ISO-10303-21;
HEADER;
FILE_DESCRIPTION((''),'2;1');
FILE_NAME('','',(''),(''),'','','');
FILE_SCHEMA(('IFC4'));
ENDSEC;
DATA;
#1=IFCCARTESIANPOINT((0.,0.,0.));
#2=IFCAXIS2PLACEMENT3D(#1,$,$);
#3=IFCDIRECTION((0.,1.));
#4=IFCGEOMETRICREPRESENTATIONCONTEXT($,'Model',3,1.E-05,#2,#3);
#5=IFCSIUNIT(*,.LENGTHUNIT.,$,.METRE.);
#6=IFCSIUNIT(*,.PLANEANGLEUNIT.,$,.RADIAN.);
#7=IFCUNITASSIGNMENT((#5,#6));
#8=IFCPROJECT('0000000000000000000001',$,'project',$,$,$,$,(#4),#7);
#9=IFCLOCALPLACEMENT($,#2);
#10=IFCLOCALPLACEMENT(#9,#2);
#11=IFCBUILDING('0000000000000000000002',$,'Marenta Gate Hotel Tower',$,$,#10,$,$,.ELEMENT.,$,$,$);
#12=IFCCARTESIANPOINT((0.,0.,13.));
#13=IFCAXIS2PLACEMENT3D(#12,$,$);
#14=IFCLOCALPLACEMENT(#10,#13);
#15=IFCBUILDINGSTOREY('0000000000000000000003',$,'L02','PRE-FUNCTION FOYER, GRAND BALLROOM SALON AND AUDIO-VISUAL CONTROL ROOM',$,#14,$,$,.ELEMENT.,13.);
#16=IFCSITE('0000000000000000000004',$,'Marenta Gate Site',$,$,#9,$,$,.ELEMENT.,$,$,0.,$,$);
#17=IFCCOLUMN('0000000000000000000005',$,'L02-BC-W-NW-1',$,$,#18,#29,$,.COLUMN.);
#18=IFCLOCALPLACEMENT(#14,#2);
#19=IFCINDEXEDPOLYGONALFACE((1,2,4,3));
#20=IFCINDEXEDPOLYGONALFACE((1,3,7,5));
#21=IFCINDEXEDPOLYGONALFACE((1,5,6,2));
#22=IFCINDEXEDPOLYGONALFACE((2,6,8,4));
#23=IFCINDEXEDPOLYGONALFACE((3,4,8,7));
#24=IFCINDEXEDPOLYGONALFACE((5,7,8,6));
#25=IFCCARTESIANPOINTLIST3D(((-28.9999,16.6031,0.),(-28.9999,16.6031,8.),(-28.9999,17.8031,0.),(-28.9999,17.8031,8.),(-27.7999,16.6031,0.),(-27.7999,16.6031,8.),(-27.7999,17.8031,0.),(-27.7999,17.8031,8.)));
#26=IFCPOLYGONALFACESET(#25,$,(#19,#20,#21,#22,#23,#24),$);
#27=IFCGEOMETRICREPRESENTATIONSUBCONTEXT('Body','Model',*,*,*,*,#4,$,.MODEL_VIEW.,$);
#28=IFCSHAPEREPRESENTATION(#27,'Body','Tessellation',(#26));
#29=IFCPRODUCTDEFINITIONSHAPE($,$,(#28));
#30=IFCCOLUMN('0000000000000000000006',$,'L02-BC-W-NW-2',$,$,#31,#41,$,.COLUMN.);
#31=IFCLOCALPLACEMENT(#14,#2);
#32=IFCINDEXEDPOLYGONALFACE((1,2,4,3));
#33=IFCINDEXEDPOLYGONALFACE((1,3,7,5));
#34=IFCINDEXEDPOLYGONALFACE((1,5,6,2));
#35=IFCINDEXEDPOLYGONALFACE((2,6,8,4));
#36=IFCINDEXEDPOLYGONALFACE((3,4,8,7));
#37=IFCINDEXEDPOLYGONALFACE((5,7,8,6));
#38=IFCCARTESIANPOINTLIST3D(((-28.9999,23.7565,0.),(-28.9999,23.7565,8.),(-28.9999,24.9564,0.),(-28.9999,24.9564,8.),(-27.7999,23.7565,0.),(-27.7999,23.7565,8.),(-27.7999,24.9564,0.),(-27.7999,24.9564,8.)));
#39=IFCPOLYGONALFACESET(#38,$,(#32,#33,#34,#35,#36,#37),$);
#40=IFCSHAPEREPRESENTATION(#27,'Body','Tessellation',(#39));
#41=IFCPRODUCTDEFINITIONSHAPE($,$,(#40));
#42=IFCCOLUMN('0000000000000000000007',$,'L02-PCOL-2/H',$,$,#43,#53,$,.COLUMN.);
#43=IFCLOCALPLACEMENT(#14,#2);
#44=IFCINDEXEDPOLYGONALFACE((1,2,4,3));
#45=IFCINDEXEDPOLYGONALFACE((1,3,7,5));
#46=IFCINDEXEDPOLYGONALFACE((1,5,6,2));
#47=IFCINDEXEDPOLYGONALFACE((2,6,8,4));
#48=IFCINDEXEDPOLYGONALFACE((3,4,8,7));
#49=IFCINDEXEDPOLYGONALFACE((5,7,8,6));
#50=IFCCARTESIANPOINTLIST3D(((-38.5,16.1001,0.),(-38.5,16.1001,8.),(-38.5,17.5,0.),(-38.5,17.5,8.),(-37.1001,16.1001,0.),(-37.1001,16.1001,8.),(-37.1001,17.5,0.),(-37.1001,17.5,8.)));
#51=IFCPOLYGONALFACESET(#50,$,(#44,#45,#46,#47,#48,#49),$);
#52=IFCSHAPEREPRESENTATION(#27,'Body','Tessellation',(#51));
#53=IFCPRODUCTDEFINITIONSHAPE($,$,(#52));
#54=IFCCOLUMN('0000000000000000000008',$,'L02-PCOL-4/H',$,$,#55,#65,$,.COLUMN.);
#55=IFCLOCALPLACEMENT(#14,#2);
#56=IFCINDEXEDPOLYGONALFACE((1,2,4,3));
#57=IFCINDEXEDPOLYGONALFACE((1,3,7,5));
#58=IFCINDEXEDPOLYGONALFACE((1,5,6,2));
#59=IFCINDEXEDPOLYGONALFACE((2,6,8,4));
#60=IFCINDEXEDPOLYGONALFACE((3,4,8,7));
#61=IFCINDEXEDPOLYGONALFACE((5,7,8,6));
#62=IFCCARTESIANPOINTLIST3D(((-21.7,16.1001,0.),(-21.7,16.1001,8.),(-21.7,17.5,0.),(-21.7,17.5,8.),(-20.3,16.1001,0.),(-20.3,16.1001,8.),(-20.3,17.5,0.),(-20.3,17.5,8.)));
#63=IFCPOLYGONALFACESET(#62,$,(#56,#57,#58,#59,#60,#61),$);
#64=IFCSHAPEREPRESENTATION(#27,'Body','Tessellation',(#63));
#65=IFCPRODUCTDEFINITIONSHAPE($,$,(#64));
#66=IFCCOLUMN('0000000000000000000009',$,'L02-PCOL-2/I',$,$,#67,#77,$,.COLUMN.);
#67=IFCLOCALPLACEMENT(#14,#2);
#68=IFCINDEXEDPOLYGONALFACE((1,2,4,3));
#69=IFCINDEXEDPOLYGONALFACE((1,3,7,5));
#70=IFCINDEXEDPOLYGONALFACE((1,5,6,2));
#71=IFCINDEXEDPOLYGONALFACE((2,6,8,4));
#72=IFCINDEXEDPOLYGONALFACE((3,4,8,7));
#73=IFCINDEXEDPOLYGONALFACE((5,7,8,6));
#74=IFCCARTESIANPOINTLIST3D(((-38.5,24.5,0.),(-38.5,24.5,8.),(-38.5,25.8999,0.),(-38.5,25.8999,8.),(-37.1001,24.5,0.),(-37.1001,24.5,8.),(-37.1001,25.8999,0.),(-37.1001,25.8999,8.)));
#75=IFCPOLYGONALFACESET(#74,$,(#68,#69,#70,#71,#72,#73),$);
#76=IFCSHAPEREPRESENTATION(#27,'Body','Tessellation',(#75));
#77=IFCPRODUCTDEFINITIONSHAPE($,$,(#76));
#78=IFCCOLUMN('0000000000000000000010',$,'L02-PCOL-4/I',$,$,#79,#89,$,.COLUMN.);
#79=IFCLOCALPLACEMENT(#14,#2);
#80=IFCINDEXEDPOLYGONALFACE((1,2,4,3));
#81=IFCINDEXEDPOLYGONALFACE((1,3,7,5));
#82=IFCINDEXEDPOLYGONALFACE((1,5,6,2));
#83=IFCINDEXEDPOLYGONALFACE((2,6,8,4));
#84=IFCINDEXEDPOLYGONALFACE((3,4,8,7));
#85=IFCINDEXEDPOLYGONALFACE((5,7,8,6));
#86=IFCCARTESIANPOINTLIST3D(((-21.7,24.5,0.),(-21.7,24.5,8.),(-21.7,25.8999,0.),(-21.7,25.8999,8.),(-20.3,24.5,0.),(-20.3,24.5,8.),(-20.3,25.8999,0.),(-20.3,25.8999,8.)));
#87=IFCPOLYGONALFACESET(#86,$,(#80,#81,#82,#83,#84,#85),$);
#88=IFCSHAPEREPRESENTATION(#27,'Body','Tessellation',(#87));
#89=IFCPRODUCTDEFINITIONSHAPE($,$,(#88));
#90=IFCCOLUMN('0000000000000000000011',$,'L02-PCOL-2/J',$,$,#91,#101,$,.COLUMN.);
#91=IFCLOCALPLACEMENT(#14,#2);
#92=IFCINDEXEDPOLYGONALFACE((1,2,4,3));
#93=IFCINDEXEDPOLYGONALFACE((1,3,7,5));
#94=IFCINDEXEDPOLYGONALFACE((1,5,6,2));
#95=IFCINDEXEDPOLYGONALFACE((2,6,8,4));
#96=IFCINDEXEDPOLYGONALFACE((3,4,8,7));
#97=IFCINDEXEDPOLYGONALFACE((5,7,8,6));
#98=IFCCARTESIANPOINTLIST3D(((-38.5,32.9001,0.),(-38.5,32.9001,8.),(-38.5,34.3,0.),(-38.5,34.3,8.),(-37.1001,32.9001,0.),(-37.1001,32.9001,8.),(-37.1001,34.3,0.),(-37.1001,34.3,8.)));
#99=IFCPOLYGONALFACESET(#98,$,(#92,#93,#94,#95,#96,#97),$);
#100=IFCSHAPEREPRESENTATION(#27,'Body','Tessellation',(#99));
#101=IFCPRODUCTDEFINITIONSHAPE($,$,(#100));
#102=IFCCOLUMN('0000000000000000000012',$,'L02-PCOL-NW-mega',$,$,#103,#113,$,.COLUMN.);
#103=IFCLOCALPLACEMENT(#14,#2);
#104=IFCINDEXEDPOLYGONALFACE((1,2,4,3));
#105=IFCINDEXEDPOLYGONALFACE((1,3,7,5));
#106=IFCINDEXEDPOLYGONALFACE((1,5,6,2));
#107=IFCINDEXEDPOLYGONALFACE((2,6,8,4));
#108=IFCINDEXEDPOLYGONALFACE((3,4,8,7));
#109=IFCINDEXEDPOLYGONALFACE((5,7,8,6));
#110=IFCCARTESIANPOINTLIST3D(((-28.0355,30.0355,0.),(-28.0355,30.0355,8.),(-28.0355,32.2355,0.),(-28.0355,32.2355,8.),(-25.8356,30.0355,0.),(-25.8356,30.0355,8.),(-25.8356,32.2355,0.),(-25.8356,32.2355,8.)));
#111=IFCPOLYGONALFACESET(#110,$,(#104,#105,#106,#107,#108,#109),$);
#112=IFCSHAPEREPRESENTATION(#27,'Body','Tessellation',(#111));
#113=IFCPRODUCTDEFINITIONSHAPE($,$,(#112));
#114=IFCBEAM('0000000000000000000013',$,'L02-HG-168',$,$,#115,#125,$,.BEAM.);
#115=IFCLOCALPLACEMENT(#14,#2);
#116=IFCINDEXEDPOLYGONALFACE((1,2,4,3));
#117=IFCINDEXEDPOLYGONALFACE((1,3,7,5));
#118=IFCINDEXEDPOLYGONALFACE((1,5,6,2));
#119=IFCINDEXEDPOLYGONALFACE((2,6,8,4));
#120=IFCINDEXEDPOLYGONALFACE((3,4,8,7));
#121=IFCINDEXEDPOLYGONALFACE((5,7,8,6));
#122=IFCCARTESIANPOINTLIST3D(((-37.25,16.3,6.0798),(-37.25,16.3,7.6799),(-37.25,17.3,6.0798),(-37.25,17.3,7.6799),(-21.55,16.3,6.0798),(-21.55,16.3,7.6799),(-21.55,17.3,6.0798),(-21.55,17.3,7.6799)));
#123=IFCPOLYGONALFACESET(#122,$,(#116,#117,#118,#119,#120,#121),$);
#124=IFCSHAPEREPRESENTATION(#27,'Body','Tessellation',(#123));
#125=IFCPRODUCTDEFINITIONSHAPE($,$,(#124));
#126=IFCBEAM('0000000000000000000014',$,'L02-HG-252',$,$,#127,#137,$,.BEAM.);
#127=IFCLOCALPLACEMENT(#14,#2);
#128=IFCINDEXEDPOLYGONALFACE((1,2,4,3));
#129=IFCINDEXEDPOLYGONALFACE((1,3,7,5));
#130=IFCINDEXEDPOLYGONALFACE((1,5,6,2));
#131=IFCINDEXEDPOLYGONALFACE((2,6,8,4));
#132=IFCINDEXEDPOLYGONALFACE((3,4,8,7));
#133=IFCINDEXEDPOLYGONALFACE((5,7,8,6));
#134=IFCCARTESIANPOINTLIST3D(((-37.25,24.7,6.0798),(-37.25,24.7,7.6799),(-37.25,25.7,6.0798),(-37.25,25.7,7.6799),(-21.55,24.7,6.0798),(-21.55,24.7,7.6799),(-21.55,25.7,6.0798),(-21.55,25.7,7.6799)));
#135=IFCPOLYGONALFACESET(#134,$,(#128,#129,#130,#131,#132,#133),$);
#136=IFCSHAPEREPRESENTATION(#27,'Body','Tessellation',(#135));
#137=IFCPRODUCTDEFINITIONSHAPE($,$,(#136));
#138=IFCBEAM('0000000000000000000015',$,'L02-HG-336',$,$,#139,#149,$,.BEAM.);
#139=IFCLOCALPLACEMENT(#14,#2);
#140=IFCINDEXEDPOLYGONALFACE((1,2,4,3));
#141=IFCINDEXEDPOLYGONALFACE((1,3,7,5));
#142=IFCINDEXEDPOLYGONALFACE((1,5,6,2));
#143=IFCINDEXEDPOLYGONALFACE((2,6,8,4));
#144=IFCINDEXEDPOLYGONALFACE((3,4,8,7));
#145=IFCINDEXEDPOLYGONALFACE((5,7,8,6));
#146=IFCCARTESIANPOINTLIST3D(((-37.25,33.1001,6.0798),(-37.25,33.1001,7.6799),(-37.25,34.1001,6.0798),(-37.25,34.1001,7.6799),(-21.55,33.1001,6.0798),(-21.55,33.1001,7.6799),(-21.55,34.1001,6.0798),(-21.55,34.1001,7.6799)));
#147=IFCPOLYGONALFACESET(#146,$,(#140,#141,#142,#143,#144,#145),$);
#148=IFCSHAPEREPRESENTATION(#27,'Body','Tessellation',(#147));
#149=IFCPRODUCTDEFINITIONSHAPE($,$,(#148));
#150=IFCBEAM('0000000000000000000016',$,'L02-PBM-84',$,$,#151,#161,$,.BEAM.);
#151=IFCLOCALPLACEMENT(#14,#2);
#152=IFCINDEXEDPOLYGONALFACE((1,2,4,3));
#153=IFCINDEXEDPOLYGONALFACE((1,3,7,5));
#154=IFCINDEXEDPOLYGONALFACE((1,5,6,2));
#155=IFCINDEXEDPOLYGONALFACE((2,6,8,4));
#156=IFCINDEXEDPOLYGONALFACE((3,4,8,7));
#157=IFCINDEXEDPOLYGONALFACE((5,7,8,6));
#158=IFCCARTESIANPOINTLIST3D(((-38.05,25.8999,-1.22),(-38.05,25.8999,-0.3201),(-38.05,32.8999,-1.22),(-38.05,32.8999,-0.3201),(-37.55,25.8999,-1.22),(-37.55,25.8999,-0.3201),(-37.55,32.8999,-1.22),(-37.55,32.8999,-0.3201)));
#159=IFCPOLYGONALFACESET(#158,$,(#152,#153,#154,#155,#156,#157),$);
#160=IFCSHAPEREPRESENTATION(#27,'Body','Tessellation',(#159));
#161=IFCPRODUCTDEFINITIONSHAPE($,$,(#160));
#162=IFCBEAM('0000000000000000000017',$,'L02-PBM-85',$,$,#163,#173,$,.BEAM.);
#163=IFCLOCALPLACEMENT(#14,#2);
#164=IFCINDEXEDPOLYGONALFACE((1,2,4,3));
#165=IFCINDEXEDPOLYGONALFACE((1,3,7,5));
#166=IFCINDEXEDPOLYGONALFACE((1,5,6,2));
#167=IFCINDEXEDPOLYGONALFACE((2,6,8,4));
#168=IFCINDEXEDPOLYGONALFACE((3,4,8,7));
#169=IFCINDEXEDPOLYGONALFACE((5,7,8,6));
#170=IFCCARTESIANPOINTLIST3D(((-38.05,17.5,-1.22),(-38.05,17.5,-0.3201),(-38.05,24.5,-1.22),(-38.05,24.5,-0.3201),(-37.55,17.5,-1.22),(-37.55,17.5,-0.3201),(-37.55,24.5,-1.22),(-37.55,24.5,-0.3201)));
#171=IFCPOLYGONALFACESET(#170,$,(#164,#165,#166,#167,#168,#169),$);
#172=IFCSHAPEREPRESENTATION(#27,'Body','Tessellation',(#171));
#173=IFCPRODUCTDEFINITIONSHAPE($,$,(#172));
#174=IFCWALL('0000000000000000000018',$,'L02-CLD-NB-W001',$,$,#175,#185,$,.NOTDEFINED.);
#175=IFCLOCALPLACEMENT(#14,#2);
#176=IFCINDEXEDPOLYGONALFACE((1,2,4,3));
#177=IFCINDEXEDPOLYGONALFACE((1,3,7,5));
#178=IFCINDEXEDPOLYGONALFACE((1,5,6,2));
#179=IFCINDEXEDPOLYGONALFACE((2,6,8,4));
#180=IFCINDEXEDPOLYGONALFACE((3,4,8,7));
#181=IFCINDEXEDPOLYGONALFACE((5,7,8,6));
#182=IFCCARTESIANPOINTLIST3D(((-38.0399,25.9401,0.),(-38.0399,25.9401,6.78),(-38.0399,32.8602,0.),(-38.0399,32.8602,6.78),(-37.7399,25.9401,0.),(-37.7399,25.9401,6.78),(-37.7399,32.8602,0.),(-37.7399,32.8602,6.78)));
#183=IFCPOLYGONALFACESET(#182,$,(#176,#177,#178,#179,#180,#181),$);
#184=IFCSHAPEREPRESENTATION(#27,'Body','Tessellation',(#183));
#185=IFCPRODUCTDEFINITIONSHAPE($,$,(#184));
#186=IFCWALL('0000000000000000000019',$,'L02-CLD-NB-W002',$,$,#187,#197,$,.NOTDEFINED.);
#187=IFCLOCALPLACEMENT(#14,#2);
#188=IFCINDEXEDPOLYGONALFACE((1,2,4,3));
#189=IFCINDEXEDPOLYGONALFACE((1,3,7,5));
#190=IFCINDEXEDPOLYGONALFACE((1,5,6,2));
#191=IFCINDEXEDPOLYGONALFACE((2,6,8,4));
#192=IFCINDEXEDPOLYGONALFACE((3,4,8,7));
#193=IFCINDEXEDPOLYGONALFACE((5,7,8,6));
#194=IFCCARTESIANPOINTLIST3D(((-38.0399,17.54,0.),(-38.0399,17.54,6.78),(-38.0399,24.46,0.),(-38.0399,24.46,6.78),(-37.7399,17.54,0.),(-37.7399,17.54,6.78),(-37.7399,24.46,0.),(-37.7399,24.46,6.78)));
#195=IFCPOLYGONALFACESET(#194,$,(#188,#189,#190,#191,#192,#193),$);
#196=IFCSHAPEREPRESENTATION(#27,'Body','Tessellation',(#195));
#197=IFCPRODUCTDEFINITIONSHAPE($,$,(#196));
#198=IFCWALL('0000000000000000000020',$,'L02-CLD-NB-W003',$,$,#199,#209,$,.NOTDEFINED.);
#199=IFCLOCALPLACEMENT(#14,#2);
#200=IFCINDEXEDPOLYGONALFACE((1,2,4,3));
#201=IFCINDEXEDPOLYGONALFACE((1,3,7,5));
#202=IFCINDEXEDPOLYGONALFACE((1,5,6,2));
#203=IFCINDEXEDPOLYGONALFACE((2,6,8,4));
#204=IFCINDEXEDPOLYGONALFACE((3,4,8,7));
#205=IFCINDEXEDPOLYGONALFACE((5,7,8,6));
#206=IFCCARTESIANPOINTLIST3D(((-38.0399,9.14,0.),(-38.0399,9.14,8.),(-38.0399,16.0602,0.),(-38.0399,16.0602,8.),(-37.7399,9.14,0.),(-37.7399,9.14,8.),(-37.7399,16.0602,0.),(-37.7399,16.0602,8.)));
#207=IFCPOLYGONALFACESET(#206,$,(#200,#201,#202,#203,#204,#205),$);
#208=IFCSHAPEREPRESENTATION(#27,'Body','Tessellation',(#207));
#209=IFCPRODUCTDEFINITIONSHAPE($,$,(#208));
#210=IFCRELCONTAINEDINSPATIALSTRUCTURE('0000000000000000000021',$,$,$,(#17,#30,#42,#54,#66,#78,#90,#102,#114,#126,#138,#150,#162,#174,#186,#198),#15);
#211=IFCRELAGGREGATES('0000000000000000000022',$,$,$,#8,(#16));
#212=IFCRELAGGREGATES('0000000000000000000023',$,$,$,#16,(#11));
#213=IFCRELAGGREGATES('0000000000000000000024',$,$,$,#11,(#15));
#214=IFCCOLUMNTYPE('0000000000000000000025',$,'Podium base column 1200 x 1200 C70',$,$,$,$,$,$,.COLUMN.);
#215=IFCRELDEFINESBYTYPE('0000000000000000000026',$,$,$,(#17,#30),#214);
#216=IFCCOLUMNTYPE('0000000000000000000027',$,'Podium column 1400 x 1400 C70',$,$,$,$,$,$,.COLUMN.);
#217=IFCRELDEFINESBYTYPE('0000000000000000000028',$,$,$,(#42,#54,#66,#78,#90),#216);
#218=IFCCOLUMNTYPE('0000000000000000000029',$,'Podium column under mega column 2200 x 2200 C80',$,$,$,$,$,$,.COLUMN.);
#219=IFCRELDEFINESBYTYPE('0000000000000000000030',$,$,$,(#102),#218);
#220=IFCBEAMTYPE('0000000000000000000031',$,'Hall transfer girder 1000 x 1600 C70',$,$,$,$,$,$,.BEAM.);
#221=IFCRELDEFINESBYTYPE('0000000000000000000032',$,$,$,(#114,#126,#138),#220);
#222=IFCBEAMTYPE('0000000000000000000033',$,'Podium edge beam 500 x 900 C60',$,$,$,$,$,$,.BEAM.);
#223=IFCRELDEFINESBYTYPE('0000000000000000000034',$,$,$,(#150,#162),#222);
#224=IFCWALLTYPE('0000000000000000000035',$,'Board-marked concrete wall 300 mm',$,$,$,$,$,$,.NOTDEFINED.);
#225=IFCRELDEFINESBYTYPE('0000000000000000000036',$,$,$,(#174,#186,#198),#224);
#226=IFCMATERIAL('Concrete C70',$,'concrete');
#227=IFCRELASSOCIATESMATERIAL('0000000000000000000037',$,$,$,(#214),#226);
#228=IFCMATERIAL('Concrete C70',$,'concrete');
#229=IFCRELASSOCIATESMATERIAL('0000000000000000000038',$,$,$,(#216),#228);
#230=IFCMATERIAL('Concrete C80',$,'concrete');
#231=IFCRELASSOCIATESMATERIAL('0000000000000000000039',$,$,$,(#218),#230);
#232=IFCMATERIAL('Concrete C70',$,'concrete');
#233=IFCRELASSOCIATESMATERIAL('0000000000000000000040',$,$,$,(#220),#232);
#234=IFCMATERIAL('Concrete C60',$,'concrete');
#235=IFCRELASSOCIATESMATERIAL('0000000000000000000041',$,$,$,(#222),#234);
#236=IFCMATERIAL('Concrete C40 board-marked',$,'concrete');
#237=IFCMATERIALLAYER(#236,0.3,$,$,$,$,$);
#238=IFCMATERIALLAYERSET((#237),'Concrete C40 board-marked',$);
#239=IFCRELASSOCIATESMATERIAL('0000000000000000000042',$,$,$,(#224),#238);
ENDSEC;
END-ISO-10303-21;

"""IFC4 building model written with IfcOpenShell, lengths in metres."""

from ifc_helpers import new_model, si_unit, direction, frame, frame_2d, origin, origin_2d, place, context, subcontext, project, spatial, rectangle, extrude, material, layer, layer_set, material_profile, profile_set, type_object, element, save


model = new_model("IFC4")

# Units and contexts
model_context = context("Model", 3, precision=1e-05, world=origin(), true_north=direction((0.0, 1.0)))
body_context = subcontext(model_context, "Body", "Model", "MODEL_VIEW")
ifc_project = project(units=[si_unit("LENGTHUNIT", "METRE"), si_unit("PLANEANGLEUNIT", "RADIAN")], contexts=[model_context])

# Site, building, storey
site_placement = place(None, origin())
site = spatial("IfcSite", under=ifc_project, at=site_placement, Name="Marenta Gate Site", CompositionType="ELEMENT", RefElevation=0.0)
building_placement = place(site_placement, origin())
building = spatial("IfcBuilding", under=site, at=building_placement, Name="Marenta Gate Hotel Tower", CompositionType="ELEMENT")
storey_placement = place(building_placement, frame((0.0, 0.0, 13.0)))
storey = spatial("IfcBuildingStorey", under=building, at=storey_placement, Name="L02", Description="PRE-FUNCTION FOYER, GRAND BALLROOM SALON AND AUDIO-VISUAL CONTROL ROOM", CompositionType="ELEMENT", Elevation=13.0)

# Columns
ifc_material_1 = material(Name="Concrete C70", Category="concrete")
ifc_material_profile_1 = material_profile(ifc_material_1, rectangle(XDim=1.2, YDim=1.2, at=origin_2d()), Name="1200 x 1200")
ifc_profile_set_1 = profile_set([ifc_material_profile_1], Name="Concrete C70")
column_type_1 = type_object("IfcColumnType", Name="Podium base column 1200 x 1200 C70", PredefinedType="COLUMN", material=ifc_profile_set_1)
for number, where, z_axis, x_axis, name in (
    (1, (-28.3999, 17.2031, 0.0), (0.0, 0.0, 1.0), (1.0, 0.0, 0.0), "L02-BC-W-NW-1"),
    (2, (-28.3999, 24.3564, 0.0), (0.0, 0.0, 1.0), (1.0, 0.0, 0.0), "L02-BC-W-NW-2"),
):
    element("IfcColumn", number, at=place(storey_placement, frame(where, z_axis=z_axis, x_axis=x_axis)), inside=storey, type_object=column_type_1, Name=name, PredefinedType="COLUMN", context=body_context, shape_type="SweptSolid", body=[
        extrude(rectangle(XDim=1.2, YDim=1.2, at=origin_2d()), origin(), (0.0, 0.0, 1.0), 8.0),
    ])
ifc_material_2 = material(Name="Concrete C70", Category="concrete")
ifc_material_profile_2 = material_profile(ifc_material_2, rectangle(XDim=1.3999, YDim=1.3999, at=origin_2d()), Name="1400 x 1400")
ifc_profile_set_2 = profile_set([ifc_material_profile_2], Name="Concrete C70")
column_type_2 = type_object("IfcColumnType", Name="Podium column 1400 x 1400 C70", PredefinedType="COLUMN", material=ifc_profile_set_2)
for number, where, z_axis, x_axis, name in (
    (3, (-37.8, 16.8, 0.0), (0.0, 0.0, 1.0), (1.0, 0.0, 0.0), "L02-PCOL-2/H"),
    (4, (-21.0, 16.8, 0.0), (0.0, 0.0, 1.0), (1.0, 0.0, 0.0), "L02-PCOL-4/H"),
    (5, (-37.8, 25.2, 0.0), (0.0, 0.0, 1.0), (1.0, 0.0, 0.0), "L02-PCOL-2/I"),
    (6, (-21.0, 25.2, 0.0), (0.0, 0.0, 1.0), (1.0, 0.0, 0.0), "L02-PCOL-4/I"),
    (7, (-37.8, 33.6001, 0.0), (0.0, 0.0, 1.0), (1.0, 0.0, 0.0), "L02-PCOL-2/J"),
):
    element("IfcColumn", number, at=place(storey_placement, frame(where, z_axis=z_axis, x_axis=x_axis)), inside=storey, type_object=column_type_2, Name=name, PredefinedType="COLUMN", context=body_context, shape_type="SweptSolid", body=[
        extrude(rectangle(XDim=1.3999, YDim=1.3999, at=origin_2d()), origin(), (0.0, 0.0, 1.0), 8.0),
    ])
ifc_material_3 = material(Name="Concrete C80", Category="concrete")
ifc_material_profile_3 = material_profile(ifc_material_3, rectangle(XDim=2.2, YDim=2.2, at=origin_2d()), Name="2200 x 2200")
ifc_profile_set_3 = profile_set([ifc_material_profile_3], Name="Concrete C80")
column_type_3 = type_object("IfcColumnType", Name="Podium column under mega column 2200 x 2200 C80", PredefinedType="COLUMN", material=ifc_profile_set_3)
column_placement = place(storey_placement, frame((-26.9355, 31.1355, 0.0), z_axis=(0.0, 0.0, 1.0), x_axis=(1.0, 0.0, 0.0)))
element("IfcColumn", 8, at=column_placement, inside=storey, type_object=column_type_3, Name="L02-PCOL-NW-mega", PredefinedType="COLUMN", context=body_context, shape_type="SweptSolid", body=[
    extrude(rectangle(XDim=2.2, YDim=2.2, at=origin_2d()), origin(), (0.0, 0.0, 1.0), 8.0),
])

# Beams
ifc_material_4 = material(Name="Concrete C70", Category="concrete")
ifc_material_profile_4 = material_profile(ifc_material_4, rectangle(XDim=1.0, YDim=1.6001, at=origin_2d()), Name="1000 x 1600")
ifc_profile_set_4 = profile_set([ifc_material_profile_4], Name="Concrete C70")
beam_type_1 = type_object("IfcBeamType", Name="Hall transfer girder 1000 x 1600 C70", PredefinedType="BEAM", material=ifc_profile_set_4)
for number, where, z_axis, x_axis, name in (
    (9, (-37.25, 16.8, 7.6799), (1.0, 0.0, 0.0), (0.0, 1.0, 0.0), "L02-HG-168"),
    (10, (-37.25, 25.2, 7.6799), (1.0, 0.0, 0.0), (0.0, 1.0, 0.0), "L02-HG-252"),
    (11, (-37.25, 33.6001, 7.6799), (1.0, 0.0, 0.0), (0.0, 1.0, 0.0), "L02-HG-336"),
):
    element("IfcBeam", number, at=place(storey_placement, frame(where, z_axis=z_axis, x_axis=x_axis)), inside=storey, type_object=beam_type_1, Name=name, PredefinedType="BEAM", context=body_context, shape_type="SweptSolid", body=[
        extrude(rectangle(XDim=1.0, YDim=1.6001, at=frame_2d((0.0, -0.8))), origin(), (0.0, 0.0, 1.0), 15.7),
    ])
ifc_material_5 = material(Name="Concrete C60", Category="concrete")
ifc_material_profile_5 = material_profile(ifc_material_5, rectangle(XDim=0.5, YDim=0.8999, at=origin_2d()), Name="500 x 900")
ifc_profile_set_5 = profile_set([ifc_material_profile_5], Name="Concrete C60")
beam_type_2 = type_object("IfcBeamType", Name="Podium edge beam 500 x 900 C60", PredefinedType="BEAM", material=ifc_profile_set_5)
for number, where, z_axis, x_axis, name in (
    (12, (-37.8, 32.8999, -0.77), (0.0, -1.0, 0.0), (1.0, 0.0, 0.0), "L02-PBM-84"),
    (13, (-37.8, 24.5, -0.77), (0.0, -1.0, 0.0), (1.0, 0.0, 0.0), "L02-PBM-85"),
):
    element("IfcBeam", number, at=place(storey_placement, frame(where, z_axis=z_axis, x_axis=x_axis)), inside=storey, type_object=beam_type_2, Name=name, PredefinedType="BEAM", context=body_context, shape_type="SweptSolid", body=[
        extrude(rectangle(XDim=0.5, YDim=0.8999, at=origin_2d()), origin(), (0.0, 0.0, 1.0), 7.0),
    ])

# Walls
ifc_material_6 = material(Name="Concrete C40 board-marked", Category="concrete")
ifc_layer_1 = layer(ifc_material_6, 0.3)
ifc_layer_set_1 = layer_set([ifc_layer_1], Name="Concrete C40 board-marked")
wall_type_1 = type_object("IfcWallType", Name="Board-marked concrete wall 300 mm", PredefinedType="NOTDEFINED", material=ifc_layer_set_1)
wall_1_placement = place(storey_placement, frame((-37.8899, 32.8601, 0.0), z_axis=(0.0, 0.0, 1.0), x_axis=(0.0, -1.0, 0.0)))
element("IfcWall", 14, at=wall_1_placement, inside=storey, type_object=wall_type_1, Name="L02-CLD-NB-W001", PredefinedType="NOTDEFINED", context=body_context, shape_type="SweptSolid", body=[
    extrude(rectangle(XDim=6.9202, YDim=0.3, at=frame_2d((3.46, 0.0))), origin(), (0.0, 0.0, 1.0), 6.78),
])
wall_2_placement = place(storey_placement, frame((-37.8899, 24.46, 0.0), z_axis=(0.0, 0.0, 1.0), x_axis=(0.0, -1.0, 0.0)))
element("IfcWall", 15, at=wall_2_placement, inside=storey, type_object=wall_type_1, Name="L02-CLD-NB-W002", PredefinedType="NOTDEFINED", context=body_context, shape_type="SweptSolid", body=[
    extrude(rectangle(XDim=6.9199, YDim=0.3, at=frame_2d((3.46, 0.0))), origin(), (0.0, 0.0, 1.0), 6.78),
])
wall_3_placement = place(storey_placement, frame((-37.8899, 16.0601, 0.0), z_axis=(0.0, 0.0, 1.0), x_axis=(0.0, -1.0, 0.0)))
element("IfcWall", 16, at=wall_3_placement, inside=storey, type_object=wall_type_1, Name="L02-CLD-NB-W003", PredefinedType="NOTDEFINED", context=body_context, shape_type="SweptSolid", body=[
    extrude(rectangle(XDim=6.9202, YDim=0.3, at=frame_2d((3.46, 0.0))), origin(), (0.0, 0.0, 1.0), 8.0),
])

save(model, "model.ifc")
